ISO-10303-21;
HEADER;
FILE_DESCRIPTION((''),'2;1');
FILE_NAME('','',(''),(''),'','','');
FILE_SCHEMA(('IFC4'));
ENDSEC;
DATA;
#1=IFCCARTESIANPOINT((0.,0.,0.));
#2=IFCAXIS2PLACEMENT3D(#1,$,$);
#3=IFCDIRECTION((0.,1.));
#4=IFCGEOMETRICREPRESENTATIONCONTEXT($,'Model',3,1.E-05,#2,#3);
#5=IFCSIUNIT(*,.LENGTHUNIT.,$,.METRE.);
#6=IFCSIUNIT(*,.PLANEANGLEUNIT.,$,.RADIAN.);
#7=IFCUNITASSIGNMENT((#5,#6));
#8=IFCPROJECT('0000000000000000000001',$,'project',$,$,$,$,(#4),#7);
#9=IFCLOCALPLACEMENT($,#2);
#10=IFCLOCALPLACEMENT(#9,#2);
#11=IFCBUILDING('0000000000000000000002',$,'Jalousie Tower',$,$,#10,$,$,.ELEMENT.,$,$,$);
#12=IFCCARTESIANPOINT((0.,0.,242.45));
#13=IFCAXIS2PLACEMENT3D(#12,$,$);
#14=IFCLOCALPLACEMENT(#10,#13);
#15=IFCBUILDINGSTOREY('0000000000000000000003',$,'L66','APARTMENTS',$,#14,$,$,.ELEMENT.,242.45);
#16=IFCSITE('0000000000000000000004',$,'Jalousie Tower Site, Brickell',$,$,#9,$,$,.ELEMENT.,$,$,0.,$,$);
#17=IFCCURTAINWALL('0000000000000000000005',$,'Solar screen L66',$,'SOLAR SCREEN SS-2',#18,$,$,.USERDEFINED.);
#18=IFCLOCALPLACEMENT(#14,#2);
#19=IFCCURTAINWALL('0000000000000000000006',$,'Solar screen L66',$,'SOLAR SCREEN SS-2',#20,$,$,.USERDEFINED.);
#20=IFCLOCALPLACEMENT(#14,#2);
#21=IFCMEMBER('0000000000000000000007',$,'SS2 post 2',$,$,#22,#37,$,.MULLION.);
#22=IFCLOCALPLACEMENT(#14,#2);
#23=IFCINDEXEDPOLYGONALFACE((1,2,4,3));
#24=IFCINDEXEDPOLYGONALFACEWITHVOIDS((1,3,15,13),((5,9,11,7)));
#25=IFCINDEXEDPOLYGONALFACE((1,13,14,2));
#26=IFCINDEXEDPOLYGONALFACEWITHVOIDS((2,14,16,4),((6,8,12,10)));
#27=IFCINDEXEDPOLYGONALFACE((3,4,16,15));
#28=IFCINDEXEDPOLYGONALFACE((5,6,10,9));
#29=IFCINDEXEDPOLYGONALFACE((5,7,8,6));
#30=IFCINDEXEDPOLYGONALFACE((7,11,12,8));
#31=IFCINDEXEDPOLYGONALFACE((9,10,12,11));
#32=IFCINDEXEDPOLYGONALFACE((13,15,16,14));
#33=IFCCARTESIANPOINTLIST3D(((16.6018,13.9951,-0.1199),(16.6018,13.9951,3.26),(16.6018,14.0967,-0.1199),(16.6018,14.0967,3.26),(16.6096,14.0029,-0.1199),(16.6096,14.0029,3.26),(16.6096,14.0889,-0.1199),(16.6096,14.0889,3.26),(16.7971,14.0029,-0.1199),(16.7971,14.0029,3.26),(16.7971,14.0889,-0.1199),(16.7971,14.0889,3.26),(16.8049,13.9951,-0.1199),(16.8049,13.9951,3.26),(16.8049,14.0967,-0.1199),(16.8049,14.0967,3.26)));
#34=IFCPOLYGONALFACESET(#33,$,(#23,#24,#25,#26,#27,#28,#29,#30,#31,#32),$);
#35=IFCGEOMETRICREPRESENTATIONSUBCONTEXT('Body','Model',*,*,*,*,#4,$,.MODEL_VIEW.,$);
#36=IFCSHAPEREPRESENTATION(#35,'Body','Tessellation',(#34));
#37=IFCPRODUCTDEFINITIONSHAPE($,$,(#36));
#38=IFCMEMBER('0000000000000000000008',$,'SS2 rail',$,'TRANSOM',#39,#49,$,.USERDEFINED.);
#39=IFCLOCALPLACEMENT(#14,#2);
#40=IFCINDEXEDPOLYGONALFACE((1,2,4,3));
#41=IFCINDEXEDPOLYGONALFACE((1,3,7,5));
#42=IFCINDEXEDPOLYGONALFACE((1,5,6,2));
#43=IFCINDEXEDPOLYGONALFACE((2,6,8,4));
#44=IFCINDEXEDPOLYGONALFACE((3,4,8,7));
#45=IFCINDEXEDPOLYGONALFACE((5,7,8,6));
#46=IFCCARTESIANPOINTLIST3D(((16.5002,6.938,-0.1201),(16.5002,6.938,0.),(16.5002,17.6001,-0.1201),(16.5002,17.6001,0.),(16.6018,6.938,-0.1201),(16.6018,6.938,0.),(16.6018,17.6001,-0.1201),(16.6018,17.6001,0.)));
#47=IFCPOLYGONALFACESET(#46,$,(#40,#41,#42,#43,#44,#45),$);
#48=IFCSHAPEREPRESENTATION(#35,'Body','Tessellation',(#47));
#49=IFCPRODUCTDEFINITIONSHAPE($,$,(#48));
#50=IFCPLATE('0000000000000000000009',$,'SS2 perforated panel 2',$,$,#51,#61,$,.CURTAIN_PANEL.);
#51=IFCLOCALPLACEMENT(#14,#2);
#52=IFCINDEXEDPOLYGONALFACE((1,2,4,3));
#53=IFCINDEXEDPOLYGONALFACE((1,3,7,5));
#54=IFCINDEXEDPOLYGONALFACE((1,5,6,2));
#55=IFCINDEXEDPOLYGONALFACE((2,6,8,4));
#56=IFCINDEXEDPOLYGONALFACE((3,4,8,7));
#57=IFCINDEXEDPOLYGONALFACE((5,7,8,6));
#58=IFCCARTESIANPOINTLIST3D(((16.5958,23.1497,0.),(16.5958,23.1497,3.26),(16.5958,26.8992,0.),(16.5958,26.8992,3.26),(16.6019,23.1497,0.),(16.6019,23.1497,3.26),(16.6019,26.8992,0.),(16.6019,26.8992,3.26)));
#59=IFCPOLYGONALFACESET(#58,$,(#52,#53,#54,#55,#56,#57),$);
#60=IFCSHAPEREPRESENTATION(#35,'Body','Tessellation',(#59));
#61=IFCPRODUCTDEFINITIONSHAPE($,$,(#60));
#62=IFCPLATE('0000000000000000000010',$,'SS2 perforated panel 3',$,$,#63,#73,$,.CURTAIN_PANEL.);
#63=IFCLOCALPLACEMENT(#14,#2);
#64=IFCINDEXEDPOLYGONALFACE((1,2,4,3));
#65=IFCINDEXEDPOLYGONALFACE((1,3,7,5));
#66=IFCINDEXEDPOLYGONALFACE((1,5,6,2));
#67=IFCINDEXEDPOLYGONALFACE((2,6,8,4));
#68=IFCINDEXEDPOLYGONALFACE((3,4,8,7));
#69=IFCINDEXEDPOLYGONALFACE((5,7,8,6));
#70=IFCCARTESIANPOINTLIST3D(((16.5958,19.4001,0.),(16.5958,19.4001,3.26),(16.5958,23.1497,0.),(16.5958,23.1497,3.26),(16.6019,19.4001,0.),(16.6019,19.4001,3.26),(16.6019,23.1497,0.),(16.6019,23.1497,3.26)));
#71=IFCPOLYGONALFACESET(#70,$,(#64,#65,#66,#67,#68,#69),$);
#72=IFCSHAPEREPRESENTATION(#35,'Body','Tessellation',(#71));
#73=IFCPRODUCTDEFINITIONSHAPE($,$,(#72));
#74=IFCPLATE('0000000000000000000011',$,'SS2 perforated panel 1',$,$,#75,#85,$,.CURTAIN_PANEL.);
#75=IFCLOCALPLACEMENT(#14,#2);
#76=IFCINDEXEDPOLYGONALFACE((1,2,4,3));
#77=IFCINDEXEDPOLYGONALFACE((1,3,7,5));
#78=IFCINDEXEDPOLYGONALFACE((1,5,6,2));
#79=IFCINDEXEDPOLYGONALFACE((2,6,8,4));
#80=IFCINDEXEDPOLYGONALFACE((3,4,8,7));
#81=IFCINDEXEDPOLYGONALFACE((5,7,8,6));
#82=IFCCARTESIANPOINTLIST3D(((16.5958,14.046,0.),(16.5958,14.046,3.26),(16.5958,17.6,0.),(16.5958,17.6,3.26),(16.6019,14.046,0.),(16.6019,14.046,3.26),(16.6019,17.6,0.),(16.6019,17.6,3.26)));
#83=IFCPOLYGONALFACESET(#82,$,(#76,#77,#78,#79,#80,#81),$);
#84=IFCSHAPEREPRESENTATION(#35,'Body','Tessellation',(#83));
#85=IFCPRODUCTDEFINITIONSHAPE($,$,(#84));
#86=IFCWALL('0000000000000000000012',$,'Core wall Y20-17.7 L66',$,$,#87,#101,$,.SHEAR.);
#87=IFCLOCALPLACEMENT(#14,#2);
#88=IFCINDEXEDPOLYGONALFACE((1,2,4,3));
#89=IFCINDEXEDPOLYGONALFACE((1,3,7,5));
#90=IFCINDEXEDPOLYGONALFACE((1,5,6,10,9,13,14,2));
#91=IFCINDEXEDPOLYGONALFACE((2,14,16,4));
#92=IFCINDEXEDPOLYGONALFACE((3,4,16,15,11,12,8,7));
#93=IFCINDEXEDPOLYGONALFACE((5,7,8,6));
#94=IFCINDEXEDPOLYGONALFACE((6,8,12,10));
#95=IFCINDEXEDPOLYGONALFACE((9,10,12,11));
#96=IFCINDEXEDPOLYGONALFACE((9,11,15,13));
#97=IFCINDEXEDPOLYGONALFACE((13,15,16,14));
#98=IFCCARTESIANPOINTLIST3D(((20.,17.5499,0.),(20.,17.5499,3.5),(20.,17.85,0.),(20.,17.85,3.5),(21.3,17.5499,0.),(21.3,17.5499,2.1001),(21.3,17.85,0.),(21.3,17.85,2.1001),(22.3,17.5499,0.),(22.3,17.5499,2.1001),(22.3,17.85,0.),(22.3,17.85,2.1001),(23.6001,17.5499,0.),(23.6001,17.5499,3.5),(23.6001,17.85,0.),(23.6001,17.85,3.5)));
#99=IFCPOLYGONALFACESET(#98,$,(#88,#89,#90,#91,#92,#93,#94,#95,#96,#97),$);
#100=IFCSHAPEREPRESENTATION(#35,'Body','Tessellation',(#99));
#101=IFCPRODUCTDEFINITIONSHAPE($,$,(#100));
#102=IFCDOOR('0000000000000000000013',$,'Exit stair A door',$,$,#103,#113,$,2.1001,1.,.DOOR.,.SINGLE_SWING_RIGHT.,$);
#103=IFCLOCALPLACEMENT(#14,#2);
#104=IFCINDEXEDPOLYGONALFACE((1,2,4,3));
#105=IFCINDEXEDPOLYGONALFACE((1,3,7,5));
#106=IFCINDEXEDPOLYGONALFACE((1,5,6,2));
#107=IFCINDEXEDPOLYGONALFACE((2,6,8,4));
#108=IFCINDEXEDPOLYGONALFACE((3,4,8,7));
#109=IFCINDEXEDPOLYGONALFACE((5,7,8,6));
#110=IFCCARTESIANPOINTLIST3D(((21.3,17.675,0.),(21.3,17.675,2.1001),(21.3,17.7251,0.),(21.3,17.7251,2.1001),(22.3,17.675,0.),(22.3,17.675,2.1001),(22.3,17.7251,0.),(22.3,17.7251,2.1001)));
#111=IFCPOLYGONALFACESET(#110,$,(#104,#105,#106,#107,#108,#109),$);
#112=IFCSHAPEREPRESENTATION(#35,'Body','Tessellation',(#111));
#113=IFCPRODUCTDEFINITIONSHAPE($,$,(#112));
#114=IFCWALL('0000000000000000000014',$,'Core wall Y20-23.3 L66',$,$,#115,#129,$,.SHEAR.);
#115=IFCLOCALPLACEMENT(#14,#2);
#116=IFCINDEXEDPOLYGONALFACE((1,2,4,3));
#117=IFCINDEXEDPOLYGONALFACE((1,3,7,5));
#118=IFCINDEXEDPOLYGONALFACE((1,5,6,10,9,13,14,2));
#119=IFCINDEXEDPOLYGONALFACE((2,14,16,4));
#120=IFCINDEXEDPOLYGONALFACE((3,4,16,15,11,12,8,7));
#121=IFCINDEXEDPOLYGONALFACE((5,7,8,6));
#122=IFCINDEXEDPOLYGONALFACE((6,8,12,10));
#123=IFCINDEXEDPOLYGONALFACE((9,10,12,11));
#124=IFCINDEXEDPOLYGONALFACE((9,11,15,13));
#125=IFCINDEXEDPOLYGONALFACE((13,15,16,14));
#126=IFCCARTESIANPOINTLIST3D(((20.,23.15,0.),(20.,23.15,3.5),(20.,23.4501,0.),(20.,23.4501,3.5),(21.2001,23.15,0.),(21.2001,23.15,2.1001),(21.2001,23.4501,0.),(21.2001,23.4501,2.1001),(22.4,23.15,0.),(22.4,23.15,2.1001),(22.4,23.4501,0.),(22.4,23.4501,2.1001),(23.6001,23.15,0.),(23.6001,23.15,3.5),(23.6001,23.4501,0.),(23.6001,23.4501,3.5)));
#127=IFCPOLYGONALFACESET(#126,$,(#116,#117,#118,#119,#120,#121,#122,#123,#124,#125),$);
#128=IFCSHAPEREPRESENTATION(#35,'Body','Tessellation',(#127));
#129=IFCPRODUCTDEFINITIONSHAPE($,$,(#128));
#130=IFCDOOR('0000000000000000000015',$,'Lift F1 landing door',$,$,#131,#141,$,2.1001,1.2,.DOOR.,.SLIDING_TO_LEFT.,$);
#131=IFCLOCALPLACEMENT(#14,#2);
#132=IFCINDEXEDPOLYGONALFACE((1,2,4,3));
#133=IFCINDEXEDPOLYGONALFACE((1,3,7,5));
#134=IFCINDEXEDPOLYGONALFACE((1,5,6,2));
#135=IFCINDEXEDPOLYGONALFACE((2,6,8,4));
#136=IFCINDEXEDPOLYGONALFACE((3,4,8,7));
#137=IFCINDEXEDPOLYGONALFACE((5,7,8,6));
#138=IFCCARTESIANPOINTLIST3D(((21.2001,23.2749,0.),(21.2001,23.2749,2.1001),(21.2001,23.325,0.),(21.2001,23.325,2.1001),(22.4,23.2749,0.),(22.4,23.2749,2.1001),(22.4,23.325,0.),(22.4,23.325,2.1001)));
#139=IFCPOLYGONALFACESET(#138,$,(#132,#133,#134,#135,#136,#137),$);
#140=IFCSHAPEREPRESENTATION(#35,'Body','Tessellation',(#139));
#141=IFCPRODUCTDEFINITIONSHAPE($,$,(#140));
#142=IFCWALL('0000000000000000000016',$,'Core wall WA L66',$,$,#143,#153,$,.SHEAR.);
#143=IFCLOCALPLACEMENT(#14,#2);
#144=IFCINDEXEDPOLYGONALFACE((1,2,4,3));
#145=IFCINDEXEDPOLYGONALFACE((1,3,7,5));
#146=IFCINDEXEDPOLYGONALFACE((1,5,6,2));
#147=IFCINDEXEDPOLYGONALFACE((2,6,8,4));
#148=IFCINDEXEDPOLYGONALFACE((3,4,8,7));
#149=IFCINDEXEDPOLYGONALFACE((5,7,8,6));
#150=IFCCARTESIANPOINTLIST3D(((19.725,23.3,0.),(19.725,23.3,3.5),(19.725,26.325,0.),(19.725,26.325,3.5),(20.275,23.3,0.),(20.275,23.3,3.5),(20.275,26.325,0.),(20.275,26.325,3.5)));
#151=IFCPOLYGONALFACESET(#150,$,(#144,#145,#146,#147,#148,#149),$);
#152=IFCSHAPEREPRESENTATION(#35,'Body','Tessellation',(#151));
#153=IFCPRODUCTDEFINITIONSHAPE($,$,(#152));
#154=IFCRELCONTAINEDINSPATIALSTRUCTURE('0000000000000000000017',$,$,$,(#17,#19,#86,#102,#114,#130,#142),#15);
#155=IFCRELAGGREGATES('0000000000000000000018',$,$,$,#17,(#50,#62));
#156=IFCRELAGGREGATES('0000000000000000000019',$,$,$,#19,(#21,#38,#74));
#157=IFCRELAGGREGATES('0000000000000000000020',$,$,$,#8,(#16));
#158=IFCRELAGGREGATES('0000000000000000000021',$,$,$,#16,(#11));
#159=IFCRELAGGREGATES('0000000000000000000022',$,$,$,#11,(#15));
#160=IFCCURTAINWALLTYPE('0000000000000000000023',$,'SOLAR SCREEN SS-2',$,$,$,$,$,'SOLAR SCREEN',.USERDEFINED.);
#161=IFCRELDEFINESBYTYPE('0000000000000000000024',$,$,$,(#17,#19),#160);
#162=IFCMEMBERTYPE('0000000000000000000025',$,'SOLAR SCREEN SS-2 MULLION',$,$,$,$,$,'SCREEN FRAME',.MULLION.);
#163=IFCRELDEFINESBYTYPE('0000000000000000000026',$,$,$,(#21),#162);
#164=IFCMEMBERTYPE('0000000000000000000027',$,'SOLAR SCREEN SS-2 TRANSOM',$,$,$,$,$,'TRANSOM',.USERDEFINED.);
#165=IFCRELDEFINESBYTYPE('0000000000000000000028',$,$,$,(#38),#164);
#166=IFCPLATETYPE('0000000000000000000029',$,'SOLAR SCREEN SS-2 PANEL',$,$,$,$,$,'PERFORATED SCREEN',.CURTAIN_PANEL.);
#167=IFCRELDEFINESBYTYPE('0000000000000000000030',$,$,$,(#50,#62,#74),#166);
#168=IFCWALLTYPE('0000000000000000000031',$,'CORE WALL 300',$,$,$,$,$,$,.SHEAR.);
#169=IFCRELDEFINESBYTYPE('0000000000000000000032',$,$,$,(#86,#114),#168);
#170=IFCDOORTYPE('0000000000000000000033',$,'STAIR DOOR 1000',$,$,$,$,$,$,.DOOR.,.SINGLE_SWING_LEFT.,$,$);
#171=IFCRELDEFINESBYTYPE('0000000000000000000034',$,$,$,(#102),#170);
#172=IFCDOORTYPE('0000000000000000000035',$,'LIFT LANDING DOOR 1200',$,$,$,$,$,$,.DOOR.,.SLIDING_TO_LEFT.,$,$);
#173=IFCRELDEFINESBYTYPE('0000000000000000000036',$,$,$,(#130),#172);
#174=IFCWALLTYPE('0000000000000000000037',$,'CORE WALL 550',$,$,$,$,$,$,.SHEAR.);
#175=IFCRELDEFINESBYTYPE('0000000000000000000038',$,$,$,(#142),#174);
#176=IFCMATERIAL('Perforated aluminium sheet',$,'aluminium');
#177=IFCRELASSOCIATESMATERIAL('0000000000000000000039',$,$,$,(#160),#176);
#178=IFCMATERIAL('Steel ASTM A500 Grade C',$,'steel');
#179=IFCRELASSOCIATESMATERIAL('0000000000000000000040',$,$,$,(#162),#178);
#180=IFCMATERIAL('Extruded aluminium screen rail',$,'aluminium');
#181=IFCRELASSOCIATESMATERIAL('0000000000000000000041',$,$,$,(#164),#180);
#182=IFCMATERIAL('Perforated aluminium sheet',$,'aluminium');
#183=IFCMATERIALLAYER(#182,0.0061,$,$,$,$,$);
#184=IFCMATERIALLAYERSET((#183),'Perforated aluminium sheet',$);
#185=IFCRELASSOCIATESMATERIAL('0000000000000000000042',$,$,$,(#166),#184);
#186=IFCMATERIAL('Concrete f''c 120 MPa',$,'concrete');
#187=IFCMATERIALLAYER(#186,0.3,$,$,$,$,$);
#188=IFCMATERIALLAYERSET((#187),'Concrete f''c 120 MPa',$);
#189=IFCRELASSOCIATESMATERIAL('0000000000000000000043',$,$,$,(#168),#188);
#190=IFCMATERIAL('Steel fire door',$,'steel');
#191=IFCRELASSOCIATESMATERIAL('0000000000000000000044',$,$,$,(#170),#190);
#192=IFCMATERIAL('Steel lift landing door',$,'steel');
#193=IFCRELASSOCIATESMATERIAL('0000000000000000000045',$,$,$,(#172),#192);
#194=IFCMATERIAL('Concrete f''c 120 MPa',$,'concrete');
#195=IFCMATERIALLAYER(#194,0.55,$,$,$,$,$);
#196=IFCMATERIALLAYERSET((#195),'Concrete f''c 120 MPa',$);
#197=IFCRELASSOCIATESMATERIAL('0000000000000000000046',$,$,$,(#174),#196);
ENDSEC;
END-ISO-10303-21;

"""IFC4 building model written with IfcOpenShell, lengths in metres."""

from ifc_helpers import new_model, si_unit, direction, frame, frame_2d, origin, origin_2d, place, context, subcontext, project, spatial, rectangle, hollow_rectangle, extrude, material, layer, layer_set, material_profile, profile_set, type_object, element, fill, aggregate, save


model = new_model("IFC4")

# Units and contexts
model_context = context("Model", 3, precision=1e-05, world=origin(), true_north=direction((0.0, 1.0)))
body_context = subcontext(model_context, "Body", "Model", "MODEL_VIEW")
ifc_project = project(units=[si_unit("LENGTHUNIT", "METRE"), si_unit("PLANEANGLEUNIT", "RADIAN")], contexts=[model_context])

# Site, building, storey
site_placement = place(None, origin())
site = spatial("IfcSite", under=ifc_project, at=site_placement, Name="Jalousie Tower Site, Brickell", CompositionType="ELEMENT", RefElevation=0.0)
building_placement = place(site_placement, origin())
building = spatial("IfcBuilding", under=site, at=building_placement, Name="Jalousie Tower", CompositionType="ELEMENT")
storey_placement = place(building_placement, frame((0.0, 0.0, 242.45)))
storey = spatial("IfcBuildingStorey", under=building, at=storey_placement, Name="L66", Description="APARTMENTS", CompositionType="ELEMENT", Elevation=242.45)

# Curtain walls, members
ifc_material_1 = material(Name="Perforated aluminium sheet", Category="aluminium")
curtain_wall_type = type_object("IfcCurtainWallType", Name="SOLAR SCREEN SS-2", ElementType="SOLAR SCREEN", PredefinedType="USERDEFINED", material=ifc_material_1)
curtain_wall_1_placement = place(storey_placement, origin())
curtain_wall_1 = element("IfcCurtainWall", 1, at=curtain_wall_1_placement, inside=storey, type_object=curtain_wall_type, Name="Solar screen L66", ObjectType="SOLAR SCREEN SS-2", PredefinedType="USERDEFINED")
ifc_material_2 = material(Name="Steel ASTM A500 Grade C", Category="steel")
ifc_material_profile_1 = material_profile(ifc_material_2, hollow_rectangle(XDim=0.1016, YDim=0.2031, WallThickness=0.0078, at=origin_2d()), Name="HSS8X4X5/16")
ifc_profile_set_1 = profile_set([ifc_material_profile_1], Name="Steel ASTM A500 Grade C")
member_type_1 = type_object("IfcMemberType", Name="SOLAR SCREEN SS-2 MULLION", ElementType="SCREEN FRAME", PredefinedType="MULLION", material=ifc_profile_set_1)
curtain_wall_2_placement = place(storey_placement, origin())
curtain_wall_2 = element("IfcCurtainWall", 2, at=curtain_wall_2_placement, inside=storey, type_object=curtain_wall_type, Name="Solar screen L66", ObjectType="SOLAR SCREEN SS-2", PredefinedType="USERDEFINED")
member_1_placement = place(storey_placement, frame((16.7034, 14.0459, -0.1199), z_axis=(0.0, 0.0, 1.0), x_axis=(0.0, -1.0, 0.0)))
member_1 = element("IfcMember", 3, at=member_1_placement, type_object=member_type_1, Name="SS2 post 2", PredefinedType="MULLION", context=body_context, shape_type="SweptSolid", body=[
    extrude(hollow_rectangle(XDim=0.1016, YDim=0.2031, WallThickness=0.0078, at=origin_2d()), origin(), (0.0, 0.0, 1.0), 3.3799),
])
ifc_material_3 = material(Name="Extruded aluminium screen rail", Category="aluminium")
ifc_material_profile_2 = material_profile(ifc_material_3, rectangle(XDim=0.1016, YDim=0.1201, at=origin_2d()), Name="RAIL 102x120")
ifc_profile_set_2 = profile_set([ifc_material_profile_2], Name="Extruded aluminium screen rail")
member_type_2 = type_object("IfcMemberType", Name="SOLAR SCREEN SS-2 TRANSOM", ElementType="TRANSOM", PredefinedType="USERDEFINED", material=ifc_profile_set_2)
member_2_placement = place(storey_placement, frame((16.551, 17.6001, -0.0601), z_axis=(0.0, -1.0, 0.0), x_axis=(1.0, 0.0, 0.0)))
member_2 = element("IfcMember", 4, at=member_2_placement, type_object=member_type_2, Name="SS2 rail", ObjectType="TRANSOM", PredefinedType="USERDEFINED", context=body_context, shape_type="SweptSolid", body=[
    extrude(rectangle(XDim=0.1016, YDim=0.1201, at=origin_2d()), origin(), (0.0, 0.0, 1.0), 10.6621),
])

# Plates
ifc_material_4 = material(Name="Perforated aluminium sheet", Category="aluminium")
ifc_layer_1 = layer(ifc_material_4, 0.0061)
ifc_layer_set_1 = layer_set([ifc_layer_1], Name="Perforated aluminium sheet")
plate_type = type_object("IfcPlateType", Name="SOLAR SCREEN SS-2 PANEL", ElementType="PERFORATED SCREEN", PredefinedType="CURTAIN_PANEL", material=ifc_layer_set_1)
plate_1_placement = place(storey_placement, frame((16.5989, 25.0244, 0.0), z_axis=(0.0, 0.0, 1.0), x_axis=(0.0, -1.0, 0.0)))
plate_1 = element("IfcPlate", 5, at=plate_1_placement, type_object=plate_type, Name="SS2 perforated panel 2", PredefinedType="CURTAIN_PANEL", context=body_context, shape_type="SweptSolid", body=[
    extrude(rectangle(XDim=3.7495, YDim=0.0061, at=origin_2d()), origin(), (0.0, 0.0, 1.0), 3.26),
])
plate_2_placement = place(storey_placement, frame((16.5989, 21.2749, 0.0), z_axis=(0.0, 0.0, 1.0), x_axis=(0.0, -1.0, 0.0)))
plate_2 = element("IfcPlate", 6, at=plate_2_placement, type_object=plate_type, Name="SS2 perforated panel 3", PredefinedType="CURTAIN_PANEL", context=body_context, shape_type="SweptSolid", body=[
    extrude(rectangle(XDim=3.7495, YDim=0.0061, at=origin_2d()), origin(), (0.0, 0.0, 1.0), 3.26),
])
aggregate(curtain_wall_1, [plate_1, plate_2])
plate_3_placement = place(storey_placement, frame((16.5989, 15.823, 0.0), z_axis=(0.0, 0.0, 1.0), x_axis=(0.0, -1.0, 0.0)))
plate_3 = element("IfcPlate", 7, at=plate_3_placement, type_object=plate_type, Name="SS2 perforated panel 1", PredefinedType="CURTAIN_PANEL", context=body_context, shape_type="SweptSolid", body=[
    extrude(rectangle(XDim=3.554, YDim=0.0061, at=origin_2d()), origin(), (0.0, 0.0, 1.0), 3.26),
])
aggregate(curtain_wall_2, [member_1, member_2, plate_3])

# Walls, openings, doors
ifc_material_5 = material(Name="Concrete f'c 120 MPa", Category="concrete")
ifc_layer_2 = layer(ifc_material_5, 0.3)
ifc_layer_set_2 = layer_set([ifc_layer_2], Name="Concrete f'c 120 MPa")
wall_type_1 = type_object("IfcWallType", Name="CORE WALL 300", PredefinedType="SHEAR", material=ifc_layer_set_2)
wall_1_placement = place(storey_placement, frame((20.0, 17.7, 0.0), z_axis=(0.0, 0.0, 1.0), x_axis=(1.0, 0.0, 0.0)))
wall_1 = element("IfcWall", 8, at=wall_1_placement, inside=storey, type_object=wall_type_1, Name="Core wall Y20-17.7 L66", PredefinedType="SHEAR", context=body_context, shape_type="SweptSolid", body=[
    extrude(rectangle(XDim=3.6001, YDim=0.3, at=frame_2d((1.8, 0.0))), origin(), (0.0, 0.0, 1.0), 3.5),
])
opening_1_placement = place(wall_1_placement, frame((1.3, 0.0, 0.0)))
opening_1 = element("IfcOpeningElement", 9, at=opening_1_placement, cuts=wall_1, PredefinedType="OPENING", context=body_context, shape_type="SweptSolid", body=[
    extrude(rectangle(XDim=1.0, YDim=2.1001, at=frame_2d((0.5, 1.05))), frame((0.0, 0.1599, 0.0), z_axis=(0.0, -1.0, 0.0), x_axis=(1.0, 0.0, 0.0)), (0.0, 0.0, 1.0), 0.3201),
])
ifc_material_6 = material(Name="Steel fire door", Category="steel")
door_type_1 = type_object("IfcDoorType", Name="STAIR DOOR 1000", OperationType="SINGLE_SWING_LEFT", PredefinedType="DOOR", material=ifc_material_6)
door_1_placement = place(opening_1_placement, frame((1.0, 0.0, 0.0), z_axis=(0.0, 0.0, 1.0), x_axis=(-1.0, 0.0, 0.0)))
door_1 = element("IfcDoor", 10, at=door_1_placement, inside=storey, type_object=door_type_1, Name="Exit stair A door", OperationType="SINGLE_SWING_RIGHT", OverallHeight=2.1001, OverallWidth=1.0, PredefinedType="DOOR", context=body_context, shape_type="SweptSolid", body=[
    extrude(rectangle(XDim=1.0, YDim=2.1001, at=frame_2d((0.5, 1.05))), frame((0.0, 0.0249, 0.0), z_axis=(0.0, -1.0, 0.0), x_axis=(1.0, 0.0, 0.0)), (0.0, 0.0, 1.0), 0.05),
])
fill(opening_1, door_1)
wall_2_placement = place(storey_placement, frame((20.0, 23.3, 0.0), z_axis=(0.0, 0.0, 1.0), x_axis=(1.0, 0.0, 0.0)))
wall_2 = element("IfcWall", 11, at=wall_2_placement, inside=storey, type_object=wall_type_1, Name="Core wall Y20-23.3 L66", PredefinedType="SHEAR", context=body_context, shape_type="SweptSolid", body=[
    extrude(rectangle(XDim=3.6001, YDim=0.3, at=frame_2d((1.8, 0.0))), origin(), (0.0, 0.0, 1.0), 3.5),
])
opening_2_placement = place(wall_2_placement, frame((1.2, 0.0, 0.0)))
opening_2 = element("IfcOpeningElement", 12, at=opening_2_placement, cuts=wall_2, PredefinedType="OPENING", context=body_context, shape_type="SweptSolid", body=[
    extrude(rectangle(XDim=1.2, YDim=2.1001, at=frame_2d((0.6001, 1.05))), frame((0.0, 0.1599, 0.0), z_axis=(0.0, -1.0, 0.0), x_axis=(1.0, 0.0, 0.0)), (0.0, 0.0, 1.0), 0.3201),
])
ifc_material_7 = material(Name="Steel lift landing door", Category="steel")
door_type_2 = type_object("IfcDoorType", Name="LIFT LANDING DOOR 1200", OperationType="SLIDING_TO_LEFT", PredefinedType="DOOR", material=ifc_material_7)
door_2_placement = place(opening_2_placement, origin())
door_2 = element("IfcDoor", 13, at=door_2_placement, inside=storey, type_object=door_type_2, Name="Lift F1 landing door", OperationType="SLIDING_TO_LEFT", OverallHeight=2.1001, OverallWidth=1.2, PredefinedType="DOOR", context=body_context, shape_type="SweptSolid", body=[
    extrude(rectangle(XDim=1.2, YDim=2.1001, at=frame_2d((0.6001, 1.05))), frame((0.0, 0.0249, 0.0), z_axis=(0.0, -1.0, 0.0), x_axis=(1.0, 0.0, 0.0)), (0.0, 0.0, 1.0), 0.05),
])
fill(opening_2, door_2)

# Wall
ifc_material_8 = material(Name="Concrete f'c 120 MPa", Category="concrete")
ifc_layer_3 = layer(ifc_material_8, 0.55)
ifc_layer_set_3 = layer_set([ifc_layer_3], Name="Concrete f'c 120 MPa")
wall_type_2 = type_object("IfcWallType", Name="CORE WALL 550", PredefinedType="SHEAR", material=ifc_layer_set_3)
wall_3_placement = place(storey_placement, frame((20.0, 26.325, 0.0), z_axis=(0.0, 0.0, 1.0), x_axis=(0.0, -1.0, 0.0)))
element("IfcWall", 14, at=wall_3_placement, inside=storey, type_object=wall_type_2, Name="Core wall WA L66", PredefinedType="SHEAR", context=body_context, shape_type="SweptSolid", body=[
    extrude(rectangle(XDim=3.0249, YDim=0.55, at=frame_2d((1.5125, 0.0))), origin(), (0.0, 0.0, 1.0), 3.5),
])

save(model, "model.ifc")
